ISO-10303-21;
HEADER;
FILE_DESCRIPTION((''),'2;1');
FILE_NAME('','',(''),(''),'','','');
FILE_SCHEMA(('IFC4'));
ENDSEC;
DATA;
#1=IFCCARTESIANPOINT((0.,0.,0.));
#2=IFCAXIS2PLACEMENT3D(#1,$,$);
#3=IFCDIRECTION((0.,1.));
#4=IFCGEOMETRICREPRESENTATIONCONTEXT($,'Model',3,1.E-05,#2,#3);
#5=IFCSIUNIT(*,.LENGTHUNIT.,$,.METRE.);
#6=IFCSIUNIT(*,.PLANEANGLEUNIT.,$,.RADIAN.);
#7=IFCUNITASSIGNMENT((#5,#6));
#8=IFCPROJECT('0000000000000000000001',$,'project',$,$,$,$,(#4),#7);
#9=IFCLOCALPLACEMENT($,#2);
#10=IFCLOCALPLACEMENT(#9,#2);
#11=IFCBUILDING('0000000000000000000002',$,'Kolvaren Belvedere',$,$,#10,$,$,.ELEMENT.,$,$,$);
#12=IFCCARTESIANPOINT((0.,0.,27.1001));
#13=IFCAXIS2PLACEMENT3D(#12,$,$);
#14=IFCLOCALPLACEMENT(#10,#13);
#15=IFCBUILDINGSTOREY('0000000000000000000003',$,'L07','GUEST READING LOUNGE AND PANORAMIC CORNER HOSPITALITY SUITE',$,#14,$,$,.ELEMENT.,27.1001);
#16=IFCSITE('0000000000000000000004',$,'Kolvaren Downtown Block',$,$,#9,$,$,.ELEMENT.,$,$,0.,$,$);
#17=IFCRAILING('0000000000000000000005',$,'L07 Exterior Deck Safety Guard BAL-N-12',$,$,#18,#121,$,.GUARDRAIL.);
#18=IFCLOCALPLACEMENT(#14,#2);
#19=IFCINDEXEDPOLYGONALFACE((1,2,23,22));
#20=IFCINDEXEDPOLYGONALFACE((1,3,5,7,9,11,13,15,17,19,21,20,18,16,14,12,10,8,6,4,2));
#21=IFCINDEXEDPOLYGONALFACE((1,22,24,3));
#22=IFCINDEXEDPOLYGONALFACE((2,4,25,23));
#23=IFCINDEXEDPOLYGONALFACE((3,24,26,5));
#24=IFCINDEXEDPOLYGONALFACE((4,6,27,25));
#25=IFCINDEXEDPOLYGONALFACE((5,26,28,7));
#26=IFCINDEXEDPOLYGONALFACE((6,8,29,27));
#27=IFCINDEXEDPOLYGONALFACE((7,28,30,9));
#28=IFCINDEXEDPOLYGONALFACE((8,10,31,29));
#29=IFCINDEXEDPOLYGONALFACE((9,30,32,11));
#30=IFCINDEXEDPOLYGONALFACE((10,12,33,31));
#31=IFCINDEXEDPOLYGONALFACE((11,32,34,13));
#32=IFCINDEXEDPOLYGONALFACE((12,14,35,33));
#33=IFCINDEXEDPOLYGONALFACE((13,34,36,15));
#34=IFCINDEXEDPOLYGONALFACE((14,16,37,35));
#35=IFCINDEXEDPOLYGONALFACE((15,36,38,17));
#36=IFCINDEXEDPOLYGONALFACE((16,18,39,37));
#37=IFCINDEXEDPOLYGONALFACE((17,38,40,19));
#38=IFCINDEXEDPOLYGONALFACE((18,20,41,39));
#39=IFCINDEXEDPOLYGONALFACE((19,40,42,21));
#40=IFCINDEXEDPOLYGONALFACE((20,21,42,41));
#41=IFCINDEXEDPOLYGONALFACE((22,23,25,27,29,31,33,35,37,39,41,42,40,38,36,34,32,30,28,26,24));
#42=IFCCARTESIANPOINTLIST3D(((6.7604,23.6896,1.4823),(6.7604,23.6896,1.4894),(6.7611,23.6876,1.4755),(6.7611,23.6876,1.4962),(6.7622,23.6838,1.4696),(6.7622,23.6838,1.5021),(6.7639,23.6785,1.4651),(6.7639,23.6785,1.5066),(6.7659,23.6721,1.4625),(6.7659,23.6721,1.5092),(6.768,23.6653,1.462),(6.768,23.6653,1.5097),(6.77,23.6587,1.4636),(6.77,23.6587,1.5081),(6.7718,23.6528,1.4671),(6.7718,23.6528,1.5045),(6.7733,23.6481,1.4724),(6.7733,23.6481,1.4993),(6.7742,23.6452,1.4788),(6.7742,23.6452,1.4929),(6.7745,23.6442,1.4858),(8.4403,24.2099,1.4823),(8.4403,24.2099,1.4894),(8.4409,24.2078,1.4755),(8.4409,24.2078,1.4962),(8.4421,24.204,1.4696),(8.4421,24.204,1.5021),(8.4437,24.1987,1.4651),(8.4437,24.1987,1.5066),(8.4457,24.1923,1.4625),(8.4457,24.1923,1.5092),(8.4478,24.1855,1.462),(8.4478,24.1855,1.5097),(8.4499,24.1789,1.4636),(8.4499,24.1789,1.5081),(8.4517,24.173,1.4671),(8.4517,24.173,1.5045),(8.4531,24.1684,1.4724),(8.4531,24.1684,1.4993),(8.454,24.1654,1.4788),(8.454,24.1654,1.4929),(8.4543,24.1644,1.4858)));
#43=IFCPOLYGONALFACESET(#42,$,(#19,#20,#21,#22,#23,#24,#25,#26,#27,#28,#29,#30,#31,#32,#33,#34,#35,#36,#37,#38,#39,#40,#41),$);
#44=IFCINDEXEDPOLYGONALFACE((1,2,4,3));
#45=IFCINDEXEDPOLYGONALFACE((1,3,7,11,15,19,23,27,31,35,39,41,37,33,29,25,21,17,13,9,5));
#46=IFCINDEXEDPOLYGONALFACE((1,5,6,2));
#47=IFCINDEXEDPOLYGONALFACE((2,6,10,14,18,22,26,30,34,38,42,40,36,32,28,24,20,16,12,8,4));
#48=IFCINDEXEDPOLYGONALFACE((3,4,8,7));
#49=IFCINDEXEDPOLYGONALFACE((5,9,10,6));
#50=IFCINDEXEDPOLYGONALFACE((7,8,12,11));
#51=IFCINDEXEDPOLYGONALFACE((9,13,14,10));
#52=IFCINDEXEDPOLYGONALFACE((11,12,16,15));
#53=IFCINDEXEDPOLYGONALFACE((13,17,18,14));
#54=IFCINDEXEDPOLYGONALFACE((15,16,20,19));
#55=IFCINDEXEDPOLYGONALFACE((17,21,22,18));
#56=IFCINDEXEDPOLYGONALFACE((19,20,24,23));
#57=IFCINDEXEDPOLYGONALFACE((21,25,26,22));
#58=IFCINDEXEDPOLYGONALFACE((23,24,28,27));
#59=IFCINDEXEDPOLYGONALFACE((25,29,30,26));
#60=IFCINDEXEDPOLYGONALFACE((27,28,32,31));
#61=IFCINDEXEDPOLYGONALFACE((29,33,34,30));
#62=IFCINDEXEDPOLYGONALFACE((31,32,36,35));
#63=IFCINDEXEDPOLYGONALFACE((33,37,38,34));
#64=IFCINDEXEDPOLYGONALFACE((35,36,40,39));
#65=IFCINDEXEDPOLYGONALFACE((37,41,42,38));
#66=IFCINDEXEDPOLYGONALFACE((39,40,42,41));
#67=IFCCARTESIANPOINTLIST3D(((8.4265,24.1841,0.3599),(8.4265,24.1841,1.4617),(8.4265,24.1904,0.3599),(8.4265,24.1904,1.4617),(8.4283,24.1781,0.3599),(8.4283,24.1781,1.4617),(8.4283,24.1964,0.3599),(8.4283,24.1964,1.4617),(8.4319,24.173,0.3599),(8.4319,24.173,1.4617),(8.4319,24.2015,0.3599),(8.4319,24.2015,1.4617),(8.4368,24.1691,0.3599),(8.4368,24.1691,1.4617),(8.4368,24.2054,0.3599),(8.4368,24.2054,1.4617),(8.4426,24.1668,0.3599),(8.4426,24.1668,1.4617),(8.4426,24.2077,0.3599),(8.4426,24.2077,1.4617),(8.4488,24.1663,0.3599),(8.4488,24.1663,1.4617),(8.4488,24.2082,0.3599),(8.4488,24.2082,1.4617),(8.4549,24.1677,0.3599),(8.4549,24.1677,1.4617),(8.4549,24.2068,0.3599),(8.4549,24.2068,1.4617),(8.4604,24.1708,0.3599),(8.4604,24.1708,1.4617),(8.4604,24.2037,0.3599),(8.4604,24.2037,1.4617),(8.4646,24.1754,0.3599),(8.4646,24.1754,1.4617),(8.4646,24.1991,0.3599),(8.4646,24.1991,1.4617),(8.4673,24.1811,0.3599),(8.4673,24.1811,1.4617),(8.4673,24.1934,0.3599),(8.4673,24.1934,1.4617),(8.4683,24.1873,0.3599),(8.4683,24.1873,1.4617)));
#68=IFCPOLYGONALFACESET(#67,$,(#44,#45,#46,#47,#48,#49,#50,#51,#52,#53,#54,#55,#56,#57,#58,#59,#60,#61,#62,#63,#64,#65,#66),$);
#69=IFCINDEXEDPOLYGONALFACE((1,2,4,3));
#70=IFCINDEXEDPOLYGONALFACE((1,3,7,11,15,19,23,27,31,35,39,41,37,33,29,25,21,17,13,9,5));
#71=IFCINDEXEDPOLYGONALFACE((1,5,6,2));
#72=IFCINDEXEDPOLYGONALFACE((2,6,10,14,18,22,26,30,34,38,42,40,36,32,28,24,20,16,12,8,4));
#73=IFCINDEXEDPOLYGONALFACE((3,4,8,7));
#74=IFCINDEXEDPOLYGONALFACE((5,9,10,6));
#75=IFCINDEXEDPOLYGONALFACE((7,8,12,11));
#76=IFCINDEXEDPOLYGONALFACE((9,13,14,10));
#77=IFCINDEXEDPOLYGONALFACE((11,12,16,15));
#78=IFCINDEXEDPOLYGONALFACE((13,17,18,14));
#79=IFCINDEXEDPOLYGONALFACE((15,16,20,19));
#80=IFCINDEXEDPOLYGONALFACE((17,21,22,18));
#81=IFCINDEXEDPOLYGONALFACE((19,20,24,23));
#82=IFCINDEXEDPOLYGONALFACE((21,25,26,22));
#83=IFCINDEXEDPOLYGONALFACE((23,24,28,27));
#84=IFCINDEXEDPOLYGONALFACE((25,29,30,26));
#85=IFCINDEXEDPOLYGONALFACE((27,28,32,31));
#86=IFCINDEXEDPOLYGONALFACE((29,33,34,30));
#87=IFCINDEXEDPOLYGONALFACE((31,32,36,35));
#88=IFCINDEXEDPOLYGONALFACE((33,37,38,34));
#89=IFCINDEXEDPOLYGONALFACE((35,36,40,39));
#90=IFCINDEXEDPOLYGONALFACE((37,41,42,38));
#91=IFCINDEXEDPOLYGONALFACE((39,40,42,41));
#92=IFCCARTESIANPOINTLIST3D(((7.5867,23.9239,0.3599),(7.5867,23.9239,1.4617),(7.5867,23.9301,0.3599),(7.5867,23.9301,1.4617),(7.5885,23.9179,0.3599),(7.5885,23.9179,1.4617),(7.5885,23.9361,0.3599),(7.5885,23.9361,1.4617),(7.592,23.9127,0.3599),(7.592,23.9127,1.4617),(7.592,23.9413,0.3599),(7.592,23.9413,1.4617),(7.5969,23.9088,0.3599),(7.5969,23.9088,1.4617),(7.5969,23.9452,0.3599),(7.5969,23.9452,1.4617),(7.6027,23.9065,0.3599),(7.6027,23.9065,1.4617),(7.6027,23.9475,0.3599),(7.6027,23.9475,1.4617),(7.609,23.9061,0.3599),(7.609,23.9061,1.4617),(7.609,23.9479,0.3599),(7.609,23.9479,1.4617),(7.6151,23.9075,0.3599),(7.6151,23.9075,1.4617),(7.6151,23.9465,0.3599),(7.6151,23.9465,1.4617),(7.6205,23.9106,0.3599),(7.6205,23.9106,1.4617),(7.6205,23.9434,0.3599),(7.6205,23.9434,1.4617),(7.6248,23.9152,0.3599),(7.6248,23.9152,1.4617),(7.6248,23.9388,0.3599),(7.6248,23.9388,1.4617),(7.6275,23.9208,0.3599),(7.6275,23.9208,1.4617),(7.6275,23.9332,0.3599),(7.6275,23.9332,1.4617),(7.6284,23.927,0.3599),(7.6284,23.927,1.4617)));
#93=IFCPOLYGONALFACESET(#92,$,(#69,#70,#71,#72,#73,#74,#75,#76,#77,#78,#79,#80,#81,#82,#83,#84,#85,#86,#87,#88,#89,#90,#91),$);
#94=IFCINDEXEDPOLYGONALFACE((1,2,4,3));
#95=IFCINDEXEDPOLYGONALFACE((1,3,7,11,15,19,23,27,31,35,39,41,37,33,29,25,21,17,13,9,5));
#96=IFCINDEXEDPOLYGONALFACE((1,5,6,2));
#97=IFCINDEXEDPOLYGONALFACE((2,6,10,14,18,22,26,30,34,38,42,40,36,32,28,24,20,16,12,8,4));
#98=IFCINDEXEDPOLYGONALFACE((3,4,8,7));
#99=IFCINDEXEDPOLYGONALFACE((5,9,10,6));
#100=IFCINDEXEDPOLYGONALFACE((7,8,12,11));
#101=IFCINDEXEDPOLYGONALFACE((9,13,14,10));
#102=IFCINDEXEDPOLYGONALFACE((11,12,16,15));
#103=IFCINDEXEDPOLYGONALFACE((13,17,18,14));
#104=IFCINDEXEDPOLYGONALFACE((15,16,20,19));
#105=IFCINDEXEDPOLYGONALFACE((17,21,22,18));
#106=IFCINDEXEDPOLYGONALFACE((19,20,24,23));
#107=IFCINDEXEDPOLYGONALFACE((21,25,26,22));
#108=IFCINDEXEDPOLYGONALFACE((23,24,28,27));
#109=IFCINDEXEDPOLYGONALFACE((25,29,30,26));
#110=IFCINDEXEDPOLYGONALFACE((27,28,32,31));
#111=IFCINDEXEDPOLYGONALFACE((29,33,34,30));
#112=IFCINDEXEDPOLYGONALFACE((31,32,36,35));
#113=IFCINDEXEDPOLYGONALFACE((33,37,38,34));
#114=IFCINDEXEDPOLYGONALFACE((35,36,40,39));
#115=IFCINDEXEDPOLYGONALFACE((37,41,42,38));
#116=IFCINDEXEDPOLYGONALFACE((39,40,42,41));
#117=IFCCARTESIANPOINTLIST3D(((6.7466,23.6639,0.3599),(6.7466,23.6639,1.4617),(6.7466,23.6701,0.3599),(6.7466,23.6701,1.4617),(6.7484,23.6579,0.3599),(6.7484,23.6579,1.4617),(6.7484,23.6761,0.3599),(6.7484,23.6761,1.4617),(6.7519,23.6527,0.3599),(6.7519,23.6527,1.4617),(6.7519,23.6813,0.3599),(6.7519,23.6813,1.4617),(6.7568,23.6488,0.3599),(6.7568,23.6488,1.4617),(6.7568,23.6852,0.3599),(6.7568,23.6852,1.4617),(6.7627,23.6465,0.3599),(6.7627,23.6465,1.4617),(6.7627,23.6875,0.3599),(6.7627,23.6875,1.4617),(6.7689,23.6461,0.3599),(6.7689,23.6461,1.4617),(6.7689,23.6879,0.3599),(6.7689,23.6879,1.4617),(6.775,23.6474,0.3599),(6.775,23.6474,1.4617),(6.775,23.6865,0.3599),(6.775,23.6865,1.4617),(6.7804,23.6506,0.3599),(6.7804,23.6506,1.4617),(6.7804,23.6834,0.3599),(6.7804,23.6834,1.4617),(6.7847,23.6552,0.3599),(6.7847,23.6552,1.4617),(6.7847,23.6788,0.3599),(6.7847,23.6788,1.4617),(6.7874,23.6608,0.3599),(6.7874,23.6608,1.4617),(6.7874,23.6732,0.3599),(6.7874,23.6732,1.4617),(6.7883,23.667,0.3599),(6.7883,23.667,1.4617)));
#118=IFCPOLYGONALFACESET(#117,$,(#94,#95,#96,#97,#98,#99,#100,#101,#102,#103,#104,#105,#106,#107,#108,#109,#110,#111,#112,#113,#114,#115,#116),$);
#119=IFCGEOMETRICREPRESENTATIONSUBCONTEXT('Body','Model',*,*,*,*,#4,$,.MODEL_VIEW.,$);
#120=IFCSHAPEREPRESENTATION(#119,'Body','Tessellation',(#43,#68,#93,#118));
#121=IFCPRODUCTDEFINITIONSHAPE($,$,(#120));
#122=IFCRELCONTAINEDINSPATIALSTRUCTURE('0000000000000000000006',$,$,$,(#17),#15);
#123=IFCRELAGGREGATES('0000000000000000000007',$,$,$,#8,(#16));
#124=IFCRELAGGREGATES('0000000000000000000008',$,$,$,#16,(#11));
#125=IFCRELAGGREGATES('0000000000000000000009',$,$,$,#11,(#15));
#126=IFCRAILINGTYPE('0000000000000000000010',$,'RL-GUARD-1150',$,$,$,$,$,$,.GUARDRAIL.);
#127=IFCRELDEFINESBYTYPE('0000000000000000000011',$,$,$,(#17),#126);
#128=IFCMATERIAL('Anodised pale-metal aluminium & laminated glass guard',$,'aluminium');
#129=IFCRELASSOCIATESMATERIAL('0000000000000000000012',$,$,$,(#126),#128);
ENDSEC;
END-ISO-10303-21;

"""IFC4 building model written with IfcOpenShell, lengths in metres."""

from ifc_helpers import new_model, si_unit, direction, frame, origin, origin_2d, place, context, subcontext, project, spatial, circle, extrude, material, type_object, element, save


model = new_model("IFC4")

# Units and contexts
model_context = context("Model", 3, precision=1e-05, world=origin(), true_north=direction((0.0, 1.0)))
body_context = subcontext(model_context, "Body", "Model", "MODEL_VIEW")
ifc_project = project(units=[si_unit("LENGTHUNIT", "METRE"), si_unit("PLANEANGLEUNIT", "RADIAN")], contexts=[model_context])

# Site, building, storey
site_placement = place(None, origin())
site = spatial("IfcSite", under=ifc_project, at=site_placement, Name="Kolvaren Downtown Block", CompositionType="ELEMENT", RefElevation=0.0)
building_placement = place(site_placement, origin())
building = spatial("IfcBuilding", under=site, at=building_placement, Name="Kolvaren Belvedere", CompositionType="ELEMENT")
storey_placement = place(building_placement, frame((0.0, 0.0, 27.1001)))
storey = spatial("IfcBuildingStorey", under=building, at=storey_placement, Name="L07", Description="GUEST READING LOUNGE AND PANORAMIC CORNER HOSPITALITY SUITE", CompositionType="ELEMENT", Elevation=27.1001)

# Railing
ifc_material_1 = material(Name="Anodised pale-metal aluminium & laminated glass guard", Category="aluminium")
railing_type = type_object("IfcRailingType", Name="RL-GUARD-1150", PredefinedType="GUARDRAIL", material=ifc_material_1)
railing_1_placement = place(storey_placement, frame((8.4473, 24.1873, 0.3599)))
element("IfcRailing", 1, at=railing_1_placement, inside=storey, type_object=railing_type, Name="L07 Exterior Deck Safety Guard BAL-N-12", PredefinedType="GUARDRAIL", context=body_context, shape_type="SweptSolid", body=[
    extrude(circle(Radius=0.0239, at=origin_2d()), frame((0.0, 0.0, 1.126), z_axis=(-0.95524, -0.295832, 0.0), x_axis=(0.295832, -0.95524, 0.0)), (0.0, 0.0, 1.0), 1.7585),
    extrude(circle(Radius=0.021, at=origin_2d()), origin(), (0.0, 0.0, 1.0), 1.1018),
    extrude(circle(Radius=0.021, at=origin_2d()), frame((-0.8398, -0.2603, 0.0)), (0.0, 0.0, 1.0), 1.1018),
    extrude(circle(Radius=0.021, at=origin_2d()), frame((-1.6799, -0.5203, 0.0)), (0.0, 0.0, 1.0), 1.1018),
])

save(model, "model.ifc")
